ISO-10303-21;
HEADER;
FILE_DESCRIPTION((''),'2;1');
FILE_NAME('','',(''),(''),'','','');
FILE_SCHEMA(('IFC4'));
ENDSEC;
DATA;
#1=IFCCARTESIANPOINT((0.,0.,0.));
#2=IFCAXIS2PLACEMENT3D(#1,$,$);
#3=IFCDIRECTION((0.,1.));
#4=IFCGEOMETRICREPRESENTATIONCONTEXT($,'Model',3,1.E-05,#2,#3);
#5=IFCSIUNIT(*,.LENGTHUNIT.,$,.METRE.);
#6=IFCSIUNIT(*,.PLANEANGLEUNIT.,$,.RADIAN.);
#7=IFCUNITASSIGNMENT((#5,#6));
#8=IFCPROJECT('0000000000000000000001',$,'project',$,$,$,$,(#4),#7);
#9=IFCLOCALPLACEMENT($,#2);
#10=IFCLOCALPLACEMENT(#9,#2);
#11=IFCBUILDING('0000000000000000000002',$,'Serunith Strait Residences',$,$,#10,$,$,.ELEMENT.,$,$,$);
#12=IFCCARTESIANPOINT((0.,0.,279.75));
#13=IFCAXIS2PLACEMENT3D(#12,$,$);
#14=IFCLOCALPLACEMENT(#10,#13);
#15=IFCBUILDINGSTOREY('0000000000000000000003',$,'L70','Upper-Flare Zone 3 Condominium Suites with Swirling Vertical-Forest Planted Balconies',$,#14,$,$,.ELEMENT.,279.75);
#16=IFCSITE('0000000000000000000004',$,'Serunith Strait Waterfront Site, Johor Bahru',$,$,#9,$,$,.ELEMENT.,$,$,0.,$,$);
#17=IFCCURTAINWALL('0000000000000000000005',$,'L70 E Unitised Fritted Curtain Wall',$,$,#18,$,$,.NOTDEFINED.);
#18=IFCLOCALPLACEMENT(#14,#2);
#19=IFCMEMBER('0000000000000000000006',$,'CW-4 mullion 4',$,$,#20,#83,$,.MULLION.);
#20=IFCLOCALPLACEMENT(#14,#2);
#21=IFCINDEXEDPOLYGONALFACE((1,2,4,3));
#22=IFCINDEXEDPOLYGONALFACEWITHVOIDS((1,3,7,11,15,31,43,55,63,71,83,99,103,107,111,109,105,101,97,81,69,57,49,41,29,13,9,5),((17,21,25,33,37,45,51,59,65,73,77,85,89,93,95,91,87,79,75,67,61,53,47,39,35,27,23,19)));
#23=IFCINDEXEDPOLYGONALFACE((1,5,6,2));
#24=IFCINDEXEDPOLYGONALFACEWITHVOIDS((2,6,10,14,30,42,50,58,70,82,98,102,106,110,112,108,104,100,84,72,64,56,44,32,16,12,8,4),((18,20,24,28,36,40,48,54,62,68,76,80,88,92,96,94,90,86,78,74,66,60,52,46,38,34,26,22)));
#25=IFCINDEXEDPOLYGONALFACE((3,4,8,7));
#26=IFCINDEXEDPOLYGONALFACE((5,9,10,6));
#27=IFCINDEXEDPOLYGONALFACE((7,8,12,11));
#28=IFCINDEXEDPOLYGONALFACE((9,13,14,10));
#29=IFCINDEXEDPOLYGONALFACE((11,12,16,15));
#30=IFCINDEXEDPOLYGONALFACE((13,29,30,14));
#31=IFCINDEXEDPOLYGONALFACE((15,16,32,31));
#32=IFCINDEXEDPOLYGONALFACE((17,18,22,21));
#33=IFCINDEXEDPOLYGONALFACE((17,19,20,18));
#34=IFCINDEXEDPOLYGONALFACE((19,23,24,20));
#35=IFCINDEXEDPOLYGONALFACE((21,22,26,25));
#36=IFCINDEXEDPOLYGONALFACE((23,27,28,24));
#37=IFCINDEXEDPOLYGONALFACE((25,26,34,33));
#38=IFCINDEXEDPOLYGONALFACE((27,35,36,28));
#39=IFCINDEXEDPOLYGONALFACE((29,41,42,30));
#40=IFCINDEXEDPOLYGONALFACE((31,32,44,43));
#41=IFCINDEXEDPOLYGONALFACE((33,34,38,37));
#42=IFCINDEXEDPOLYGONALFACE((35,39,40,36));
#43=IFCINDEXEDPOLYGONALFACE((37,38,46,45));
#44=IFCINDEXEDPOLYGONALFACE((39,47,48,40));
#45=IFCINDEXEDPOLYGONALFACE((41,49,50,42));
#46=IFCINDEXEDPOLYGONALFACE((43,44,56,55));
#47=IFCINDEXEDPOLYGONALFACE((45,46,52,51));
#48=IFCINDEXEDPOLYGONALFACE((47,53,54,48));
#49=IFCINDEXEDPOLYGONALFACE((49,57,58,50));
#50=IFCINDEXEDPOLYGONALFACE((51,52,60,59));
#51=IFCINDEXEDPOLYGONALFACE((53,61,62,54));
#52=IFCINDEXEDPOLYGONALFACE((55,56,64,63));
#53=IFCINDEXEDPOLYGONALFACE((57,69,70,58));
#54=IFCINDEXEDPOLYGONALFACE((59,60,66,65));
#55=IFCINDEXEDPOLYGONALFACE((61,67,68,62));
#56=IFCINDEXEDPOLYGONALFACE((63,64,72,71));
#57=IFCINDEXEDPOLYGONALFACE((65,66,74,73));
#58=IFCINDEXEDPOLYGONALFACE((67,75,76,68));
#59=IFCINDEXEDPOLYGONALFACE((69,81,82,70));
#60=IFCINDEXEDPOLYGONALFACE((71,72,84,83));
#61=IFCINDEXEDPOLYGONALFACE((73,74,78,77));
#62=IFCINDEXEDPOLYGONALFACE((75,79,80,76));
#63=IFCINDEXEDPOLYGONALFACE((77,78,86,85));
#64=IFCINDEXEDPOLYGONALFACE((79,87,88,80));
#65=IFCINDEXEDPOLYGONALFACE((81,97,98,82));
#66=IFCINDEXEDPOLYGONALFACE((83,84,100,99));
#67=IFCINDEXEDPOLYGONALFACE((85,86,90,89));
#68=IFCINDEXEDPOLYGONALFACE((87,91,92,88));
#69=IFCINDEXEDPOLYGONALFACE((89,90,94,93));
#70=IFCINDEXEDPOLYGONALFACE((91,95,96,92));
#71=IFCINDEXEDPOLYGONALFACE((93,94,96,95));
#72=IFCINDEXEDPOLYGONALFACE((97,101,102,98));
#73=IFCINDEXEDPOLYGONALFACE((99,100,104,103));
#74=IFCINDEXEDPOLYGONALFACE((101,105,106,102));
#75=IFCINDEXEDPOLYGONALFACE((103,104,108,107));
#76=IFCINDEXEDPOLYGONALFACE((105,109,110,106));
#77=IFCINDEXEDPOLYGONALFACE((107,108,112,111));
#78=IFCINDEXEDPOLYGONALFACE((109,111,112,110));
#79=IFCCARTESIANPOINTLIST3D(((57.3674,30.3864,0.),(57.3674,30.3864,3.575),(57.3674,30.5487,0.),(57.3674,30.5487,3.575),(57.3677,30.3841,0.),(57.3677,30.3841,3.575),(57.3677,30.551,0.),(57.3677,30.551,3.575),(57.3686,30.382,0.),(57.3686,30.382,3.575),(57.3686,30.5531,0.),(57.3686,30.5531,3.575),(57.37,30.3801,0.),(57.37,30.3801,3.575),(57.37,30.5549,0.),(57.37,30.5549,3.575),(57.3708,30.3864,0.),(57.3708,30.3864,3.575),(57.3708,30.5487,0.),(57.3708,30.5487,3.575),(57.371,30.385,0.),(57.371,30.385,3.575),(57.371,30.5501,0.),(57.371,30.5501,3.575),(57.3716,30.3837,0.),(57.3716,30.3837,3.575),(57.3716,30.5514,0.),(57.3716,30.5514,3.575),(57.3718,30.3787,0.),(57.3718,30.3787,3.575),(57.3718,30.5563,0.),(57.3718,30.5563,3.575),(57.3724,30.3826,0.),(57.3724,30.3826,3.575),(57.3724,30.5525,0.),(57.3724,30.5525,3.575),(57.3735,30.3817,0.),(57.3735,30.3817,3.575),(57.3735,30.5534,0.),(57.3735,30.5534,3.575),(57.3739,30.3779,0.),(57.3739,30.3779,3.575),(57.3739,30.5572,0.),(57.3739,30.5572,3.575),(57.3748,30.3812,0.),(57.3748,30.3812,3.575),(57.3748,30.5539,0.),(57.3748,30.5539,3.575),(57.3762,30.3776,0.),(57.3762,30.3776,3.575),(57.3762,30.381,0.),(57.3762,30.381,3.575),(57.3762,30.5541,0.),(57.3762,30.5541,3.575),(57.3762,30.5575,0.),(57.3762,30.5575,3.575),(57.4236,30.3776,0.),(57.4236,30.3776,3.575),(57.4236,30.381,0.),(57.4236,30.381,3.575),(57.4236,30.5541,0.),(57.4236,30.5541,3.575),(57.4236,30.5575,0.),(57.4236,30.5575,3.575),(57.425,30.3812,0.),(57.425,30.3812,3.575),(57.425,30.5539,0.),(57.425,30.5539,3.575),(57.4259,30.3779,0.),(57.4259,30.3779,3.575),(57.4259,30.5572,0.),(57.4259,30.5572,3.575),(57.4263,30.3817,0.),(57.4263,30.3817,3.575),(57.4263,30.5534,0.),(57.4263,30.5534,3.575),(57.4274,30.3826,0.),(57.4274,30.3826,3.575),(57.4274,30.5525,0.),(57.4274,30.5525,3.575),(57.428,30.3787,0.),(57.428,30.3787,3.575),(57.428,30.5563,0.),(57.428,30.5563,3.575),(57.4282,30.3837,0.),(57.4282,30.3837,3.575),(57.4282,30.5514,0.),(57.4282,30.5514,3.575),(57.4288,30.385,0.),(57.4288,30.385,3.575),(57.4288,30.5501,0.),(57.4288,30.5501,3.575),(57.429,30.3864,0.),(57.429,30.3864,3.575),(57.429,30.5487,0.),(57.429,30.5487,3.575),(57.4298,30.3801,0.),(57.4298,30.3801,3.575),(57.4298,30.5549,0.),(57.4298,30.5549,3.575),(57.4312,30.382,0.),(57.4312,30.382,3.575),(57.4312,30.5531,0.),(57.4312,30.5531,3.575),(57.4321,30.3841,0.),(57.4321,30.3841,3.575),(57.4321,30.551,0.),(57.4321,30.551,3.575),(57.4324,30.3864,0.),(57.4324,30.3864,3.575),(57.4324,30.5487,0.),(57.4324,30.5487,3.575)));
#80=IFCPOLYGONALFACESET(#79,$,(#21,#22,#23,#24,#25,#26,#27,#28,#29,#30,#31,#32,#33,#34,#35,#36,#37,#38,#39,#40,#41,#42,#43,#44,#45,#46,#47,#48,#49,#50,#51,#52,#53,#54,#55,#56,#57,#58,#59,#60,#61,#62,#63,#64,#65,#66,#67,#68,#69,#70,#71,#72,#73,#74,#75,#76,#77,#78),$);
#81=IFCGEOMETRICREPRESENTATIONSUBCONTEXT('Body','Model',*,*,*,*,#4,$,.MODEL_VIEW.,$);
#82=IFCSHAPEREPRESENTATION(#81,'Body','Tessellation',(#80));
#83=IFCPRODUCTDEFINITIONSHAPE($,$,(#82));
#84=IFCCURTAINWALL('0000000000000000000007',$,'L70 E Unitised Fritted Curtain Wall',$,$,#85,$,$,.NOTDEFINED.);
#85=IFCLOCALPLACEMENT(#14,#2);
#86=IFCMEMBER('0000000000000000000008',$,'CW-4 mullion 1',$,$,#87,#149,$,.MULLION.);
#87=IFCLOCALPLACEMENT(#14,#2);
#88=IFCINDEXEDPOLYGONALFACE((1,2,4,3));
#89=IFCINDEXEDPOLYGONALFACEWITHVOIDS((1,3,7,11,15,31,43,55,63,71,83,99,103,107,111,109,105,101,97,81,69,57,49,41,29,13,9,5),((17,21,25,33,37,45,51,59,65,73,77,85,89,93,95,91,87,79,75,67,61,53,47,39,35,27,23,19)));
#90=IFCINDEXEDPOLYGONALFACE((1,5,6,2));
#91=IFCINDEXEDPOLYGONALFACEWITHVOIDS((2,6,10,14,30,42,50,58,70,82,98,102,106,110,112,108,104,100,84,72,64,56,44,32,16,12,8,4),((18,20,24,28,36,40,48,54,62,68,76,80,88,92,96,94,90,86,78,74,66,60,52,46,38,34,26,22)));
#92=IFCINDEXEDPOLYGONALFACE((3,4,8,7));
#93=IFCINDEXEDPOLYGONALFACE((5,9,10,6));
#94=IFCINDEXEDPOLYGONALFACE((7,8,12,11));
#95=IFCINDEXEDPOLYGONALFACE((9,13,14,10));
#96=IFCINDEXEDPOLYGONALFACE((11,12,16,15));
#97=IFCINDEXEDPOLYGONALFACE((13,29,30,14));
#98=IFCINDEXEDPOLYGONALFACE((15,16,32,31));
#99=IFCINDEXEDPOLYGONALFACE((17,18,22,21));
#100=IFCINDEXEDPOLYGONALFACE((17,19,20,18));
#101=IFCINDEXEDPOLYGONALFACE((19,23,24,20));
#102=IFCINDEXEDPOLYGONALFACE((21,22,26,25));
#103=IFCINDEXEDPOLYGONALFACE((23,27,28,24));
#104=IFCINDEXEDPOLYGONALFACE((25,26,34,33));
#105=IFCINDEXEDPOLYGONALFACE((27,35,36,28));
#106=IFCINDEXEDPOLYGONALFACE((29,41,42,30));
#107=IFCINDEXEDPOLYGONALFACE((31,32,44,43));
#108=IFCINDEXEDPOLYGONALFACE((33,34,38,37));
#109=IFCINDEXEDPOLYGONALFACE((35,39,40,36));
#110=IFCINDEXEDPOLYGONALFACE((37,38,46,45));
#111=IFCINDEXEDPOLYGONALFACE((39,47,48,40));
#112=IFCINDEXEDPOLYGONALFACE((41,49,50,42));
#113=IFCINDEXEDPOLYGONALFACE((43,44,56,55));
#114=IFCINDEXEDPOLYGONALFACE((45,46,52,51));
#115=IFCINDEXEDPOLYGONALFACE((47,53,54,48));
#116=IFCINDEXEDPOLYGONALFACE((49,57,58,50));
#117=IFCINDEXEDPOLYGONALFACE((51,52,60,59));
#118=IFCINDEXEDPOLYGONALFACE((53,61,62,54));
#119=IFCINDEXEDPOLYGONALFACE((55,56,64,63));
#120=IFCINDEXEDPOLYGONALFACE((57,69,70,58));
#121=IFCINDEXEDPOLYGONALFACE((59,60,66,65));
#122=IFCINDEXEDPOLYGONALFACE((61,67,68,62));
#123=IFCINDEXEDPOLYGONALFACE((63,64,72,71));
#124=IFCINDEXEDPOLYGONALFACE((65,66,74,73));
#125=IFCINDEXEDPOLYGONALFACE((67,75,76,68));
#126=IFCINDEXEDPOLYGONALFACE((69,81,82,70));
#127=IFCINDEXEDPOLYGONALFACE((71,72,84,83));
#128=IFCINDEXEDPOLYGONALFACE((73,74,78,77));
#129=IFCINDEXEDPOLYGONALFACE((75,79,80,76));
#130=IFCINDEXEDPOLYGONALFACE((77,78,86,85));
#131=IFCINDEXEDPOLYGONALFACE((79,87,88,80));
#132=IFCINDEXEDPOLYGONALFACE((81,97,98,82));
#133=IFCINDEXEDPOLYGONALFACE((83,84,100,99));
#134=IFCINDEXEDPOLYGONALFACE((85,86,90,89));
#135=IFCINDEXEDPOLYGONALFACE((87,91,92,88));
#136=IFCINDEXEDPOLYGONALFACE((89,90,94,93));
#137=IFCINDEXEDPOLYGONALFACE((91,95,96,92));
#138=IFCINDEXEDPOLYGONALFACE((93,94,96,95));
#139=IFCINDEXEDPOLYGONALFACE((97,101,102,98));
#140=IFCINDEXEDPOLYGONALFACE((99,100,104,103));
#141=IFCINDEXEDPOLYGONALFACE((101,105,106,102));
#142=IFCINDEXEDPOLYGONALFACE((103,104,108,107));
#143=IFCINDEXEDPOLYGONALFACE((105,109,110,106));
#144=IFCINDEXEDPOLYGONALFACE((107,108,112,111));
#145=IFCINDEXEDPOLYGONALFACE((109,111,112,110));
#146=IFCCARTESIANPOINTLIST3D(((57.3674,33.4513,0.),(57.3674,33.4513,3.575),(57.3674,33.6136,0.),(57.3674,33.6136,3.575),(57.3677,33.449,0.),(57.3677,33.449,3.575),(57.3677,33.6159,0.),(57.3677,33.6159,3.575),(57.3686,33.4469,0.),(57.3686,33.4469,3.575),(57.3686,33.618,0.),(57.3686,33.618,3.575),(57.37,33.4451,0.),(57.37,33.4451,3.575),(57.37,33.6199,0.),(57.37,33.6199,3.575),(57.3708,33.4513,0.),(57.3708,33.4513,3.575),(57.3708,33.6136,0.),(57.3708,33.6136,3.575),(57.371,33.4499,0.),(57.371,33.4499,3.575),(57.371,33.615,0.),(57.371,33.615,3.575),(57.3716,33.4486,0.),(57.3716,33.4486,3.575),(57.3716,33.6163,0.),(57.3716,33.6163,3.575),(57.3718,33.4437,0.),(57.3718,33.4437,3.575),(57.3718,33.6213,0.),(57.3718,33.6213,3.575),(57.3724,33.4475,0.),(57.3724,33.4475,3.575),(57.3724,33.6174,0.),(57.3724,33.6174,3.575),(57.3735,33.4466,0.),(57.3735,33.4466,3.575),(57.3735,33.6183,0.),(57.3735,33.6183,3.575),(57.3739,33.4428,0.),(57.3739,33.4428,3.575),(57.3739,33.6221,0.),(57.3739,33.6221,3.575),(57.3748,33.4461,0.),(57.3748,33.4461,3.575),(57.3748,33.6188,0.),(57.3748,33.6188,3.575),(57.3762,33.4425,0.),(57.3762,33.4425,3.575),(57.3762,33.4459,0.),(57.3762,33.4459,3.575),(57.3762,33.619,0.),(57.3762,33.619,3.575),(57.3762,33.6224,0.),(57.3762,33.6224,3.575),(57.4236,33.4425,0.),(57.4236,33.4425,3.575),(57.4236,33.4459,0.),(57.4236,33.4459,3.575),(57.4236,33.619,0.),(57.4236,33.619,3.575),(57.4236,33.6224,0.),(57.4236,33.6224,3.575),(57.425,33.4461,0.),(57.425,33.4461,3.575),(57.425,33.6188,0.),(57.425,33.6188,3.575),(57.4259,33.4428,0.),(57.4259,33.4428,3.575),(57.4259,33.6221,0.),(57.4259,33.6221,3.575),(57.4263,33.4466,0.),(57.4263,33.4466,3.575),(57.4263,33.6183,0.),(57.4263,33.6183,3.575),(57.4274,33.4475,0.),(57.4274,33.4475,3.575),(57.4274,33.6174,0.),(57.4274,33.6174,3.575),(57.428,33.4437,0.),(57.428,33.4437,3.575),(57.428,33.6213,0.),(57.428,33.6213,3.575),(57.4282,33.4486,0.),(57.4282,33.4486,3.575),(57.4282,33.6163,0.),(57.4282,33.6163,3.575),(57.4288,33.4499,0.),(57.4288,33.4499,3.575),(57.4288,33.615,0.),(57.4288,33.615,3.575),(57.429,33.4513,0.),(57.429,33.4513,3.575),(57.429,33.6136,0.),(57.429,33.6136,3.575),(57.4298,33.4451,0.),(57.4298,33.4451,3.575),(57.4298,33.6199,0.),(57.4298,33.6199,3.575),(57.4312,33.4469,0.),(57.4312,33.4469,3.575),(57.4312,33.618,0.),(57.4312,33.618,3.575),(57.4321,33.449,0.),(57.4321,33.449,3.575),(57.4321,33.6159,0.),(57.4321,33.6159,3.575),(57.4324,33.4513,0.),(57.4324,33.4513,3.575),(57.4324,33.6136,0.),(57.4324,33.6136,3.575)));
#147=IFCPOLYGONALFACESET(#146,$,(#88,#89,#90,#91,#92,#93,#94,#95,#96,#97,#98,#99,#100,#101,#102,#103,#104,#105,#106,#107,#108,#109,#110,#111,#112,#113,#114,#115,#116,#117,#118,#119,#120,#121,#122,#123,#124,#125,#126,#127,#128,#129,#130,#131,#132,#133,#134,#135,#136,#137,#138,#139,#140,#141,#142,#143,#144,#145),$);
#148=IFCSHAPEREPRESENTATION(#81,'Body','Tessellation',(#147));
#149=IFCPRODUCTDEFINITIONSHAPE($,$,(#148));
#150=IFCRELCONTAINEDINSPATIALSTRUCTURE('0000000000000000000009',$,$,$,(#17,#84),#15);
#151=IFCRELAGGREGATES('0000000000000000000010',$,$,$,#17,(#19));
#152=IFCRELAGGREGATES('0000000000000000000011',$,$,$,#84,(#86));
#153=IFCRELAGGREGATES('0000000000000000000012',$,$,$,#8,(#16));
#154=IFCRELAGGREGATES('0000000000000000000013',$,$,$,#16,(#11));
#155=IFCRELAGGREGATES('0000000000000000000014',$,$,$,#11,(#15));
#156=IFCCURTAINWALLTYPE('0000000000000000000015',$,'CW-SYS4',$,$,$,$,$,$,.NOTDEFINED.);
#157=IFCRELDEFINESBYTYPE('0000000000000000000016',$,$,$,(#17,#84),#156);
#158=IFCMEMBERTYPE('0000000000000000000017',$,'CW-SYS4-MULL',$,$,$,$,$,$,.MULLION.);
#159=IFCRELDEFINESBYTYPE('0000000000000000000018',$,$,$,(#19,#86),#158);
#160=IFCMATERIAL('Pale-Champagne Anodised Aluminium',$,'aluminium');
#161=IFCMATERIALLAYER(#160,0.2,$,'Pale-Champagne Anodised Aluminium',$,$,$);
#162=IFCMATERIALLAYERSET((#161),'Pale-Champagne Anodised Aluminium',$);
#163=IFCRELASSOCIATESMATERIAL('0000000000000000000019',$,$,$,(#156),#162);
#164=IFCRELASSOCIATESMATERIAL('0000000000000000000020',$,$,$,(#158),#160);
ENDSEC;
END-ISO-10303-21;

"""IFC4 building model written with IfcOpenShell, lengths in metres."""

from ifc_helpers import new_model, si_unit, direction, frame, origin, origin_2d, place, context, subcontext, project, spatial, hollow_rectangle, extrude, source, transform, mapped, material, layer, layer_set, material_profile, profile_set, type_object, element, aggregate, save


model = new_model("IFC4")

# Units and contexts
model_context = context("Model", 3, precision=1e-05, world=origin(), true_north=direction((0.0, 1.0)))
body_context = subcontext(model_context, "Body", "Model", "MODEL_VIEW")
ifc_project = project(units=[si_unit("LENGTHUNIT", "METRE"), si_unit("PLANEANGLEUNIT", "RADIAN")], contexts=[model_context])

# Site, building, storey
site_placement = place(None, origin())
site = spatial("IfcSite", under=ifc_project, at=site_placement, Name="Serunith Strait Waterfront Site, Johor Bahru", CompositionType="ELEMENT", RefElevation=0.0)
building_placement = place(site_placement, origin())
building = spatial("IfcBuilding", under=site, at=building_placement, Name="Serunith Strait Residences", CompositionType="ELEMENT")
storey_placement = place(building_placement, frame((0.0, 0.0, 279.75)))
storey = spatial("IfcBuildingStorey", under=building, at=storey_placement, Name="L70", Description="Upper-Flare Zone 3 Condominium Suites with Swirling Vertical-Forest Planted Balconies", CompositionType="ELEMENT", Elevation=279.75)

# Curtain wall, member
ifc_material_1 = material(Name="Pale-Champagne Anodised Aluminium", Category="aluminium")
ifc_layer_1 = layer(ifc_material_1, 0.2, Name="Pale-Champagne Anodised Aluminium")
ifc_layer_set_1 = layer_set([ifc_layer_1], Name="Pale-Champagne Anodised Aluminium")
curtain_wall_type = type_object("IfcCurtainWallType", Name="CW-SYS4", PredefinedType="NOTDEFINED", material=ifc_layer_set_1)
curtain_wall_1_placement = place(storey_placement, origin())
curtain_wall_1 = element("IfcCurtainWall", 1, at=curtain_wall_1_placement, inside=storey, type_object=curtain_wall_type, Name="L70 E Unitised Fritted Curtain Wall", PredefinedType="NOTDEFINED")
ifc_material_profile_1 = material_profile(ifc_material_1, hollow_rectangle(XDim=0.0649, YDim=0.1799, WallThickness=0.0034, InnerFilletRadius=0.0054, OuterFilletRadius=0.0088, at=origin_2d()), Name="ALU 180x65x3.5")
ifc_profile_set_1 = profile_set([ifc_material_profile_1], Name="Pale-Champagne Anodised Aluminium")
member_type_1 = type_object("IfcMemberType", Name="CW-SYS4-MULL", PredefinedType="MULLION", material=ifc_profile_set_1)
shared_shape_1 = source(origin(), body_context, "Body", "SweptSolid", [
    extrude(hollow_rectangle(XDim=0.0649, YDim=0.1799, WallThickness=0.0034, InnerFilletRadius=0.0054, OuterFilletRadius=0.0088, at=origin_2d()), origin(), (0.0, 0.0, 1.0), 3.575),
])
member_1_placement = place(storey_placement, frame((57.3999, 30.4675, 0.0), z_axis=(0.0, 0.0, 1.0), x_axis=(-1.0, 0.0, 0.0)))
member_1 = element("IfcMember", 2, at=member_1_placement, type_object=member_type_1, Name="CW-4 mullion 4", PredefinedType="MULLION", context=body_context, shape_type="MappedRepresentation", body=[
    mapped(shared_shape_1, transform((0.0, 0.0, 0.0), scale=1.0)),
])

# Curtain wall, member
curtain_wall_2_placement = place(storey_placement, origin())
curtain_wall_2 = element("IfcCurtainWall", 3, at=curtain_wall_2_placement, inside=storey, type_object=curtain_wall_type, Name="L70 E Unitised Fritted Curtain Wall", PredefinedType="NOTDEFINED")
member_2_placement = place(storey_placement, frame((57.3999, 33.5325, 0.0), z_axis=(0.0, 0.0, 1.0), x_axis=(-1.0, 0.0, 0.0)))
member_2 = element("IfcMember", 4, at=member_2_placement, type_object=member_type_1, Name="CW-4 mullion 1", PredefinedType="MULLION", context=body_context, shape_type="MappedRepresentation", body=[
    mapped(shared_shape_1, transform((0.0, 0.0, 0.0), scale=1.0)),
])

aggregate(curtain_wall_1, [member_1])
aggregate(curtain_wall_2, [member_2])

save(model, "model.ifc")
